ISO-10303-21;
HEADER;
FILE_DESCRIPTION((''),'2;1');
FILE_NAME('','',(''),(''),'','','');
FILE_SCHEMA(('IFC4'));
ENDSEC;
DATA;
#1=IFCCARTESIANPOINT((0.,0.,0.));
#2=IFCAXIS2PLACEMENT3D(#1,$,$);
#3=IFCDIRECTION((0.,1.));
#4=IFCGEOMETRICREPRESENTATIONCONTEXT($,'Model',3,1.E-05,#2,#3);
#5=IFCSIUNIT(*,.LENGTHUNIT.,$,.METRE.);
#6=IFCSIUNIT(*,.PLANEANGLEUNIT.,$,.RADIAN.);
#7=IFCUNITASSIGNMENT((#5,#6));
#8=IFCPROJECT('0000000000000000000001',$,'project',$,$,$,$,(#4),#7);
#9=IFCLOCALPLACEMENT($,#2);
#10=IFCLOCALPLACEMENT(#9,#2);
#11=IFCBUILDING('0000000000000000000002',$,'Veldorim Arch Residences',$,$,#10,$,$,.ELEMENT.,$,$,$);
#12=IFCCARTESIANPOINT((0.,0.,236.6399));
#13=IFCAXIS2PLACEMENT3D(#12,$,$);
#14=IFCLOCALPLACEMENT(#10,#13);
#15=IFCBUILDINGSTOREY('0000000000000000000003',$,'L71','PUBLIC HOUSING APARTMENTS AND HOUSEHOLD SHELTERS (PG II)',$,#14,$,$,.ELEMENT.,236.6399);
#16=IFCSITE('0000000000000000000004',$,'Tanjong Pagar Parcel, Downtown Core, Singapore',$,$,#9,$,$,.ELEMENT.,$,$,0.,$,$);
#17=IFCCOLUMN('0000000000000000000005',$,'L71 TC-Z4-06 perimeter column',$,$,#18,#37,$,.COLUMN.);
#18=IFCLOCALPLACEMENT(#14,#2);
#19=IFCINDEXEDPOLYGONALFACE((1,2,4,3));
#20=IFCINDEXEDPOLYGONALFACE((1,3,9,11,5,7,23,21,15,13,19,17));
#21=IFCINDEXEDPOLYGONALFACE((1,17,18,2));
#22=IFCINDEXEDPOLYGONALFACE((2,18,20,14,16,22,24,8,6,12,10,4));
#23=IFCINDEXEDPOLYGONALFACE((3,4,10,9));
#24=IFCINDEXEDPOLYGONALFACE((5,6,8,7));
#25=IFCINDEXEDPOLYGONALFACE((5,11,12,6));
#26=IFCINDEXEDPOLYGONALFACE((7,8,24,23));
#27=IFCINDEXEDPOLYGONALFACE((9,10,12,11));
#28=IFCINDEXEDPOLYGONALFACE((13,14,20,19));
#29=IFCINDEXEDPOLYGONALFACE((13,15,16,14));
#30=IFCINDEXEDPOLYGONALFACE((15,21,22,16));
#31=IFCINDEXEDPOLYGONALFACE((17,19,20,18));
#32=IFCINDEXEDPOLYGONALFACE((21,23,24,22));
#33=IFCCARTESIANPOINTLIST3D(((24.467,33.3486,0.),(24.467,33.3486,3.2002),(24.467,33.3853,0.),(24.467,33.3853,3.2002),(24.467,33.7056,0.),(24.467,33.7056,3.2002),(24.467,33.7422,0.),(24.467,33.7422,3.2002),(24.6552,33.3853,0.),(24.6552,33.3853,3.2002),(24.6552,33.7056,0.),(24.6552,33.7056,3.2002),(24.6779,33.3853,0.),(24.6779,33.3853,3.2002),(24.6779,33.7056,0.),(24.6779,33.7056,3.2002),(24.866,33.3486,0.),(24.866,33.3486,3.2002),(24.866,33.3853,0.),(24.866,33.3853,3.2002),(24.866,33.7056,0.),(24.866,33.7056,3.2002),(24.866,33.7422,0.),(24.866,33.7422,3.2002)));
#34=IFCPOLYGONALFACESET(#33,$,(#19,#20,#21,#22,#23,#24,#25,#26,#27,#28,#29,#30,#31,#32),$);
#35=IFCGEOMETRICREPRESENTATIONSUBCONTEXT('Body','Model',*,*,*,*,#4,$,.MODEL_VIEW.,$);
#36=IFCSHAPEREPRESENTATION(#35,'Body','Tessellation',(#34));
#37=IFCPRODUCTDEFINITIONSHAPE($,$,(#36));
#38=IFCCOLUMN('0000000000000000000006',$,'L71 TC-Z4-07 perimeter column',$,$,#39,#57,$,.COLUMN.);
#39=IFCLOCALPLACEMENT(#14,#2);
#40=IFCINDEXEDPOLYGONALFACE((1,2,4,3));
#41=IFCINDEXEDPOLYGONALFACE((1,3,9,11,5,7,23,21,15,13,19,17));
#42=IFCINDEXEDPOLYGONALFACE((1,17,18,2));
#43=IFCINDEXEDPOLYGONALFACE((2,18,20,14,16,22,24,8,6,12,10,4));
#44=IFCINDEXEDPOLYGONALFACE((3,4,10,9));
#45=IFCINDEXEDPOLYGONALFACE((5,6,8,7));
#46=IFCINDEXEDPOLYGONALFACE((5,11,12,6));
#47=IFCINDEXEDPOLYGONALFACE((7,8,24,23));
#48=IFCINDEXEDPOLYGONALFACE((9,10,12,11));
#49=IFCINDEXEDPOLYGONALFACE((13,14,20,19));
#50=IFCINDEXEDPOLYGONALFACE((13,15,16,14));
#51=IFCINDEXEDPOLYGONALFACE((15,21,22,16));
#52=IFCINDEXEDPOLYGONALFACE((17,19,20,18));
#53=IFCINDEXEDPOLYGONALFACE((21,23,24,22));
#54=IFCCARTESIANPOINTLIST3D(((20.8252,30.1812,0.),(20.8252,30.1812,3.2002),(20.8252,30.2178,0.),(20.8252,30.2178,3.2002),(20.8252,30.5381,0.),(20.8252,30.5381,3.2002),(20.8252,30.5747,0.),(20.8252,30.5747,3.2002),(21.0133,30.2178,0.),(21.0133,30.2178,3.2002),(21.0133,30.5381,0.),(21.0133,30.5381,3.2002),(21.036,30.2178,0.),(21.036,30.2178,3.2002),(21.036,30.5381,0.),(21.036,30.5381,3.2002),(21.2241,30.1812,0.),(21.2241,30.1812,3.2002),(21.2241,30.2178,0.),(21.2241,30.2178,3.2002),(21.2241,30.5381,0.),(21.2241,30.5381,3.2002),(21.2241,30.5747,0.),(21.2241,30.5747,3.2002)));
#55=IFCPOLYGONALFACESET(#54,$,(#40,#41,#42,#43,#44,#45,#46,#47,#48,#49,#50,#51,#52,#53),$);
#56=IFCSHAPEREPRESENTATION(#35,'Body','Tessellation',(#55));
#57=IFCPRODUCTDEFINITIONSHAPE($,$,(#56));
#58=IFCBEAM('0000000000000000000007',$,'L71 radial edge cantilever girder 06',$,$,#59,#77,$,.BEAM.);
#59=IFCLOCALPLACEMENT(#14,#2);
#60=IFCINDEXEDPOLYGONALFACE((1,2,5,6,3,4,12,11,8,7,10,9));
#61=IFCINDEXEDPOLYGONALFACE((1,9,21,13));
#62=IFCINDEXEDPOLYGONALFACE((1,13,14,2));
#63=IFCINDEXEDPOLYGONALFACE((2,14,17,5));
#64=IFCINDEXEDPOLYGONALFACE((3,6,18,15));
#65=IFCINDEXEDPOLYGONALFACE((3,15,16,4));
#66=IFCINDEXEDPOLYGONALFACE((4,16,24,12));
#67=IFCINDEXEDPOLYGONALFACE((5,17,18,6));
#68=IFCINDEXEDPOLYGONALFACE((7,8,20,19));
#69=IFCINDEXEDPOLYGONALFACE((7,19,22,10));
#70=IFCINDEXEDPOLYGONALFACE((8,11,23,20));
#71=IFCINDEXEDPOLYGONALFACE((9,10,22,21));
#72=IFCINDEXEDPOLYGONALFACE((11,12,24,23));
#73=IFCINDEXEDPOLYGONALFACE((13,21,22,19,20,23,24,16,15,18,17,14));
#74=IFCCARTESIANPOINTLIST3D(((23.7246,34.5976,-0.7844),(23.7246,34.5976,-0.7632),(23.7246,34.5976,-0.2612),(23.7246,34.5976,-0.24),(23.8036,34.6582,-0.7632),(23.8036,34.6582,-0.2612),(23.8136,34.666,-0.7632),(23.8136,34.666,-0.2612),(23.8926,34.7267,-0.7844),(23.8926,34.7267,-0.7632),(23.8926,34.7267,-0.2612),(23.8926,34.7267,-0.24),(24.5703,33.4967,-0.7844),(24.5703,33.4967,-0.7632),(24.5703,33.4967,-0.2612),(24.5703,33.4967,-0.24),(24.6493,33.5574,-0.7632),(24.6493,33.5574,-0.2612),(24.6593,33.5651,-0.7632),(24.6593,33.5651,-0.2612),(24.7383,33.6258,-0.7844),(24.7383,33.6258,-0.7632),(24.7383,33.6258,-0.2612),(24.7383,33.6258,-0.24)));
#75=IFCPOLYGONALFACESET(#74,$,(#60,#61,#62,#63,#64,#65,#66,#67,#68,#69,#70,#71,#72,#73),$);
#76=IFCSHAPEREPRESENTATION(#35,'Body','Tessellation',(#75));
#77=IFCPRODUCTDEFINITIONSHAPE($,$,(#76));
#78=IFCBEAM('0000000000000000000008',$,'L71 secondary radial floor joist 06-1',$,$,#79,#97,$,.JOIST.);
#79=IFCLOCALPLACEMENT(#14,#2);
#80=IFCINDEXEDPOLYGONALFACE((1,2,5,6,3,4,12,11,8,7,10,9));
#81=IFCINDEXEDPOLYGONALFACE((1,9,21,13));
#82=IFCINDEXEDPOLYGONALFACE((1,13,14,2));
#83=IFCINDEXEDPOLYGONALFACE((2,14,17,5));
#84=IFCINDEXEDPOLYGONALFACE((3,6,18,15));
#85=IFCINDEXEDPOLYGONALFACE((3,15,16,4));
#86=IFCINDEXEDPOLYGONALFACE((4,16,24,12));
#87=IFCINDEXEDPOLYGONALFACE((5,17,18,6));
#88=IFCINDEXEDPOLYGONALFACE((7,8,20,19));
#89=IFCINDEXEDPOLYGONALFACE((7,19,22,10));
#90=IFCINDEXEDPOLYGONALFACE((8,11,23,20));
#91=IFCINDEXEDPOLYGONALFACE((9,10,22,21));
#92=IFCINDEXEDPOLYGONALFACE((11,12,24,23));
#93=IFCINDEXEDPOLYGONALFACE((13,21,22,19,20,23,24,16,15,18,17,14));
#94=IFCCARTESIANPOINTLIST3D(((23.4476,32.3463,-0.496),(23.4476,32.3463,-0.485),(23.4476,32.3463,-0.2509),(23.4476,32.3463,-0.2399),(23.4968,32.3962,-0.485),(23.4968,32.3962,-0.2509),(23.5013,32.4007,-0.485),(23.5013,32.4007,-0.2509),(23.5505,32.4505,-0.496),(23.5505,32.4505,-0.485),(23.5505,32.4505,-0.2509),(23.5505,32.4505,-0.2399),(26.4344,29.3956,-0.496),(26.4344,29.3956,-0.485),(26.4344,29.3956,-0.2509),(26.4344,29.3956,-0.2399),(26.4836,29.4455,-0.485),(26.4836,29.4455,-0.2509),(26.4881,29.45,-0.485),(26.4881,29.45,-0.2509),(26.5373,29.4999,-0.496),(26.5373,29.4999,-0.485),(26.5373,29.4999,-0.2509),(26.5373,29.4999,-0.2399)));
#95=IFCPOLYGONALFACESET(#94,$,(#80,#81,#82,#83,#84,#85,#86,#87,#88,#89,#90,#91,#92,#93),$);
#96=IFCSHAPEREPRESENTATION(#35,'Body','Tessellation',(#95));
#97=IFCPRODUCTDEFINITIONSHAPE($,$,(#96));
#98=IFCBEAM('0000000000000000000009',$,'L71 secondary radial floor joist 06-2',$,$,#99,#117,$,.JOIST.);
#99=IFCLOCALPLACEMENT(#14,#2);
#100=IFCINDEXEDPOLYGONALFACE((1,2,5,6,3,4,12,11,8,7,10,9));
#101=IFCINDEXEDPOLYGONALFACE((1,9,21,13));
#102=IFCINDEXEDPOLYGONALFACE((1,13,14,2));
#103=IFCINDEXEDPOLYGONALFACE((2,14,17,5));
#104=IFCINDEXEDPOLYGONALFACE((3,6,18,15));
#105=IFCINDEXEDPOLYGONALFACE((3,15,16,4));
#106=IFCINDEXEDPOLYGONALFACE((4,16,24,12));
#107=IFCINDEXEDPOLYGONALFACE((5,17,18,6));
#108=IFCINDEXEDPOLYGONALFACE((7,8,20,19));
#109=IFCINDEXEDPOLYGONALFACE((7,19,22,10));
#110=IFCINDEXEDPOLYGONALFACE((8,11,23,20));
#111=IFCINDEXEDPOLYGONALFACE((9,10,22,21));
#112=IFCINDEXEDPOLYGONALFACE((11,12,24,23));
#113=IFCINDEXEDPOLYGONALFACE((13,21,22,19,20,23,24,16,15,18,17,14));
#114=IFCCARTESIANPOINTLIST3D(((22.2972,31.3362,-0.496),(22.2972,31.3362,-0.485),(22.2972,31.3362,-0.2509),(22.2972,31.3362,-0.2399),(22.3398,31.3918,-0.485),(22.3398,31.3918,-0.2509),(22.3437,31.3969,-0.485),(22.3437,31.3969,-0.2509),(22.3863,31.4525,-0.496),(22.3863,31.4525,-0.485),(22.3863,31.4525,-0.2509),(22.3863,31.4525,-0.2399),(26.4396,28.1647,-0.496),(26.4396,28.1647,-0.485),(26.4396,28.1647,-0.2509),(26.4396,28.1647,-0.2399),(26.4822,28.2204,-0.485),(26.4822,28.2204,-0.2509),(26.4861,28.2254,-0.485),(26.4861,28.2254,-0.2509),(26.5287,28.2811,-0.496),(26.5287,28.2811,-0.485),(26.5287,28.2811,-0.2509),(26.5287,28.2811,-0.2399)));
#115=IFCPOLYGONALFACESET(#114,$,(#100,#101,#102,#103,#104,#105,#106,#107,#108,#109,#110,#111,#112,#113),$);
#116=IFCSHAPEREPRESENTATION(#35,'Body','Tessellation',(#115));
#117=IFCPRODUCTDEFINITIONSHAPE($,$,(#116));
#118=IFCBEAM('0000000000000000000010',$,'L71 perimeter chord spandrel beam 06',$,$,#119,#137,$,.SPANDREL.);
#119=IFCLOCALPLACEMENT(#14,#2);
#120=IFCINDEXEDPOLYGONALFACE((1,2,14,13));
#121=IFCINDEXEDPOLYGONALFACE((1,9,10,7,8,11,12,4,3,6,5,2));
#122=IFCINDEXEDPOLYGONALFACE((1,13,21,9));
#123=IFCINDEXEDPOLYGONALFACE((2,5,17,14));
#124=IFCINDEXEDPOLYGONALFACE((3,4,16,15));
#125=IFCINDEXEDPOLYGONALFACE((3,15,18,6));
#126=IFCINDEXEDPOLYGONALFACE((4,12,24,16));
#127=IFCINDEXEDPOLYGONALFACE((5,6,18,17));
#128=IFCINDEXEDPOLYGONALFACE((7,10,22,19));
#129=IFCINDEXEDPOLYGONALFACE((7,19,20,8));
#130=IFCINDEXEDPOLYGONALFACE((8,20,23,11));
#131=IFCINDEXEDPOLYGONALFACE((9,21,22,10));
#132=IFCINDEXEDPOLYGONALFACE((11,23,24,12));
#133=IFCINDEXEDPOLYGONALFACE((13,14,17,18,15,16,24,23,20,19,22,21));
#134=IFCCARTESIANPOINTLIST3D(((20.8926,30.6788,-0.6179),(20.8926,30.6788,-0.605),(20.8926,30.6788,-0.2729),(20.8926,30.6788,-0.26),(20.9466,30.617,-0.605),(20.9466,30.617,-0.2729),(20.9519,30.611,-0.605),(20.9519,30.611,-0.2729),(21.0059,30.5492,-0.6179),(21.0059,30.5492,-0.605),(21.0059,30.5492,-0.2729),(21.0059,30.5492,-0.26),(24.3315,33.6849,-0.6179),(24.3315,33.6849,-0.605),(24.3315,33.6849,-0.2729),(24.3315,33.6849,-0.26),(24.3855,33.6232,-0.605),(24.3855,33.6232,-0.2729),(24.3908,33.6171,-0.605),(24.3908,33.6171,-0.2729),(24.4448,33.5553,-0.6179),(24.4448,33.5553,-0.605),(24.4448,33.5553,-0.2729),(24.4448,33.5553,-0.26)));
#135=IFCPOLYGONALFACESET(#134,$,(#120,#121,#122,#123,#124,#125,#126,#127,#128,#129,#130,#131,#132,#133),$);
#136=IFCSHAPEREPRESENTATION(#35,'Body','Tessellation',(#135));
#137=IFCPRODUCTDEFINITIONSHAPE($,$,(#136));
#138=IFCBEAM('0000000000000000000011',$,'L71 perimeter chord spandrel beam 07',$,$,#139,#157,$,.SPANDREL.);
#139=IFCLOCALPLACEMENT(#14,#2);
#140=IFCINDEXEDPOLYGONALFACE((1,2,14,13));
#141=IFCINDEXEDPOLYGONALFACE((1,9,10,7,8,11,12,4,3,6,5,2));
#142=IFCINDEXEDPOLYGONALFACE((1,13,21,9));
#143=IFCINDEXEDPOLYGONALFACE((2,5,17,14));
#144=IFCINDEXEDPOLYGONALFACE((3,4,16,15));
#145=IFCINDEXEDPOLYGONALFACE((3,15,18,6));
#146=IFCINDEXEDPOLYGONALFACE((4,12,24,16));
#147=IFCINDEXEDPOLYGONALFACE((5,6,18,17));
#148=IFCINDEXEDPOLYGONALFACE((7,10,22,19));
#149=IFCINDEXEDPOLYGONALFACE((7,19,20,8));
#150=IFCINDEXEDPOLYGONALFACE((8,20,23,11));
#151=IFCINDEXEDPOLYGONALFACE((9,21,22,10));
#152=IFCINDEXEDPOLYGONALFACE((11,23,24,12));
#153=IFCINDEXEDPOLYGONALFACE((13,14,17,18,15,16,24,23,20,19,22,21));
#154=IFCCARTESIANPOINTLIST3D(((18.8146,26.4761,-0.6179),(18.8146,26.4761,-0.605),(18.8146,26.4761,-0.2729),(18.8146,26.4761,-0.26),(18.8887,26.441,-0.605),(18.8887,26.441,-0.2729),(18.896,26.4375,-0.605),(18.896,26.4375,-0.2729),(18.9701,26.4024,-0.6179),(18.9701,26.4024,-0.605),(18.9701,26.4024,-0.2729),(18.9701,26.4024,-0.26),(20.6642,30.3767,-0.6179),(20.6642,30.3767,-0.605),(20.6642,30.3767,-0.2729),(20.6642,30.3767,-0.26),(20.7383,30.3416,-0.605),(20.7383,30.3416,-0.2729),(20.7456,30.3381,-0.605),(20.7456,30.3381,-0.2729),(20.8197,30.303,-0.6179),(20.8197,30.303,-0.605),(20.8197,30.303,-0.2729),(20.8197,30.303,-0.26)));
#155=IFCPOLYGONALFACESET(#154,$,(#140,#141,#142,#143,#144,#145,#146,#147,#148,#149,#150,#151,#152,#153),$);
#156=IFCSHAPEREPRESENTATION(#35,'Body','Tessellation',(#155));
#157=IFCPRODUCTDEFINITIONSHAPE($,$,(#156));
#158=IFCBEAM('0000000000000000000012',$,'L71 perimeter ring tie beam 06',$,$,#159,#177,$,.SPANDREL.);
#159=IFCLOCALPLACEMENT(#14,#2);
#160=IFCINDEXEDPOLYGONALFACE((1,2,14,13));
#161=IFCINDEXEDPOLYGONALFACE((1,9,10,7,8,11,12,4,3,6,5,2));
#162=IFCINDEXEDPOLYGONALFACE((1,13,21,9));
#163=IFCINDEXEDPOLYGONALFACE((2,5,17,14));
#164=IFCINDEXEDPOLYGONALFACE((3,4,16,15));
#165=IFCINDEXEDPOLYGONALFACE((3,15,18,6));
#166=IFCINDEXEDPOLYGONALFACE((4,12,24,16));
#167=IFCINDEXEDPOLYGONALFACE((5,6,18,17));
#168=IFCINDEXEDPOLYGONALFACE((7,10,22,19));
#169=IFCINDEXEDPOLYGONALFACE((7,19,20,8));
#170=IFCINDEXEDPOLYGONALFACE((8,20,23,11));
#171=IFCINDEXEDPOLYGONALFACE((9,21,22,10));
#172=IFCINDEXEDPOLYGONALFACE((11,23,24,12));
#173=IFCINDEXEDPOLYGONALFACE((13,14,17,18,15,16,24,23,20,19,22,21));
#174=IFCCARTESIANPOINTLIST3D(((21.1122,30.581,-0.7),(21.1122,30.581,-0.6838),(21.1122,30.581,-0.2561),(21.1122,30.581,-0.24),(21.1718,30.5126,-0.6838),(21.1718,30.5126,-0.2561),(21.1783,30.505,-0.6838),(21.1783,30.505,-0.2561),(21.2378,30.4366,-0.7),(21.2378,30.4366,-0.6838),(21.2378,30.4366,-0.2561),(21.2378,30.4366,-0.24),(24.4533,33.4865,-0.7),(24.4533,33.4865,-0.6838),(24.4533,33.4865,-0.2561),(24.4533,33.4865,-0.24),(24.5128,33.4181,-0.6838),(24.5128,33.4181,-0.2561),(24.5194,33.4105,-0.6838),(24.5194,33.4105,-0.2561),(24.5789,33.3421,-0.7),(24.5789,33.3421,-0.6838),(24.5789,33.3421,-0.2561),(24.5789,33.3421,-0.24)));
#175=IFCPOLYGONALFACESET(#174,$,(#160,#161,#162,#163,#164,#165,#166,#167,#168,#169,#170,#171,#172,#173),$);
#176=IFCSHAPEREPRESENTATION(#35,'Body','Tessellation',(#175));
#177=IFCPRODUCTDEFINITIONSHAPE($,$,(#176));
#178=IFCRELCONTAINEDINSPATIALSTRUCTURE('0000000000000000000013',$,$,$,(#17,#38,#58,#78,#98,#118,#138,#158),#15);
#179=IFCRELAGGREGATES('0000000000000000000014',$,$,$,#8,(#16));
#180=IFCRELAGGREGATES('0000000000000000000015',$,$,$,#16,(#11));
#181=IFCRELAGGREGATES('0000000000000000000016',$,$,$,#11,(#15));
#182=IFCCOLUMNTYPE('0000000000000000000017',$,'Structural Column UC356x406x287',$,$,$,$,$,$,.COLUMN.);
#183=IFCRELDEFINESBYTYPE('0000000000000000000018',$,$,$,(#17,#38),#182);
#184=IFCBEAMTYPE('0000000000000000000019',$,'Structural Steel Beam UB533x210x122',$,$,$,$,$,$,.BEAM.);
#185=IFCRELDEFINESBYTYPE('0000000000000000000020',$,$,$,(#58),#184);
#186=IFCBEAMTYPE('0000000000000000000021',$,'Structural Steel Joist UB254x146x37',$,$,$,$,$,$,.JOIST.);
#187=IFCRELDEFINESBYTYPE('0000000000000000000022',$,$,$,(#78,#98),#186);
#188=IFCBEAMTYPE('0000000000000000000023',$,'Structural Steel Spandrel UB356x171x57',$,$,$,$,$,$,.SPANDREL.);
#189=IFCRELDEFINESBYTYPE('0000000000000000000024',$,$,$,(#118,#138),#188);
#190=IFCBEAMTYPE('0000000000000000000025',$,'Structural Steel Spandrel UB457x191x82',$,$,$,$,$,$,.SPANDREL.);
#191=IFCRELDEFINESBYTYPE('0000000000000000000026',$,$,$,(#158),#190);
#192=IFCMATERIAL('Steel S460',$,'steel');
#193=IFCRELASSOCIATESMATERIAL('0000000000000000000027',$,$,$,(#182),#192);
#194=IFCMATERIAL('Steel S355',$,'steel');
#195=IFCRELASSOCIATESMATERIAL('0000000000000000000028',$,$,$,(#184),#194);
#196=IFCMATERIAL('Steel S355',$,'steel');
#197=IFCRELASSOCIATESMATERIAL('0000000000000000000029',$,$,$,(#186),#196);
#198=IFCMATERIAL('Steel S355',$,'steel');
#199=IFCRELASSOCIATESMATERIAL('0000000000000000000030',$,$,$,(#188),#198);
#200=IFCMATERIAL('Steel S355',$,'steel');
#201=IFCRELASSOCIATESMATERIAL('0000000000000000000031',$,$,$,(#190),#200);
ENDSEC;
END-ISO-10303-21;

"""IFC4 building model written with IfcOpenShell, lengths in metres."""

from ifc_helpers import new_model, si_unit, direction, frame, origin, origin_2d, place, context, subcontext, project, spatial, i_section, extrude, material, material_profile, profile_set, type_object, element, save


model = new_model("IFC4")

# Units and contexts
model_context = context("Model", 3, precision=1e-05, world=origin(), true_north=direction((0.0, 1.0)))
body_context = subcontext(model_context, "Body", "Model", "MODEL_VIEW")
ifc_project = project(units=[si_unit("LENGTHUNIT", "METRE"), si_unit("PLANEANGLEUNIT", "RADIAN")], contexts=[model_context])

# Site, building, storey
site_placement = place(None, origin())
site = spatial("IfcSite", under=ifc_project, at=site_placement, Name="Tanjong Pagar Parcel, Downtown Core, Singapore", CompositionType="ELEMENT", RefElevation=0.0)
building_placement = place(site_placement, origin())
building = spatial("IfcBuilding", under=site, at=building_placement, Name="Veldorim Arch Residences", CompositionType="ELEMENT")
storey_placement = place(building_placement, frame((0.0, 0.0, 236.6399)))
storey = spatial("IfcBuildingStorey", under=building, at=storey_placement, Name="L71", Description="PUBLIC HOUSING APARTMENTS AND HOUSEHOLD SHELTERS (PG II)", CompositionType="ELEMENT", Elevation=236.6399)

# Columns
ifc_material_1 = material(Name="Steel S460", Category="steel")
ifc_material_profile_1 = material_profile(ifc_material_1, i_section(OverallWidth=0.3989, OverallDepth=0.3936, WebThickness=0.0227, FlangeThickness=0.0366, at=origin_2d()), Name="UC356x406x287")
ifc_profile_set_1 = profile_set([ifc_material_profile_1], Name="Steel S460")
column_type = type_object("IfcColumnType", Name="Structural Column UC356x406x287", PredefinedType="COLUMN", material=ifc_profile_set_1)
for number, where, z_axis, x_axis, name in (
    (1, (24.6665, 33.5454, 0.0), (0.0, 0.0, 1.0), (1.0, 0.0, 0.0), "L71 TC-Z4-06 perimeter column"),
    (2, (21.0247, 30.3779, 0.0), (0.0, 0.0, 1.0), (1.0, 0.0, 0.0), "L71 TC-Z4-07 perimeter column"),
):
    element("IfcColumn", number, at=place(storey_placement, frame(where, z_axis=z_axis, x_axis=x_axis)), inside=storey, type_object=column_type, Name=name, PredefinedType="COLUMN", context=body_context, shape_type="SweptSolid", body=[
        extrude(i_section(OverallWidth=0.3989, OverallDepth=0.3936, WebThickness=0.0227, FlangeThickness=0.0366, at=origin_2d()), origin(), (0.0, 0.0, 1.0), 3.2002),
    ])

# Beams
ifc_material_2 = material(Name="Steel S355", Category="steel")
ifc_material_profile_2 = material_profile(ifc_material_2, i_section(OverallWidth=0.2119, OverallDepth=0.5444, WebThickness=0.0127, FlangeThickness=0.0212, at=origin_2d()), Name="UB533x210x122")
ifc_profile_set_2 = profile_set([ifc_material_profile_2], Name="Steel S355")
beam_type_1 = type_object("IfcBeamType", Name="Structural Steel Beam UB533x210x122", PredefinedType="BEAM", material=ifc_profile_set_2)
beam_1_placement = place(storey_placement, frame((24.6543, 33.5613, -0.5122), z_axis=(-0.609218, 0.793003, 0.0), x_axis=(-0.793003, -0.609218, 0.0)))
element("IfcBeam", 3, at=beam_1_placement, inside=storey, type_object=beam_type_1, Name="L71 radial edge cantilever girder 06", PredefinedType="BEAM", context=body_context, shape_type="SweptSolid", body=[
    extrude(i_section(OverallWidth=0.2119, OverallDepth=0.5444, WebThickness=0.0127, FlangeThickness=0.0212, at=origin_2d()), origin(), (0.0, 0.0, 1.0), 1.3882),
])
ifc_material_3 = material(Name="Steel S355", Category="steel")
ifc_material_profile_3 = material_profile(ifc_material_3, i_section(OverallWidth=0.1465, OverallDepth=0.2561, WebThickness=0.0063, FlangeThickness=0.011, at=origin_2d()), Name="UB254x146x37")
ifc_profile_set_3 = profile_set([ifc_material_profile_3], Name="Steel S355")
beam_type_2 = type_object("IfcBeamType", Name="Structural Steel Joist UB254x146x37", PredefinedType="JOIST", material=ifc_profile_set_3)
beam_2_placement = place(storey_placement, frame((26.4858, 29.4478, -0.3679), z_axis=(-0.711397, 0.702791, 0.0), x_axis=(-0.702791, -0.711397, 0.0)))
element("IfcBeam", 4, at=beam_2_placement, inside=storey, type_object=beam_type_2, Name="L71 secondary radial floor joist 06-1", PredefinedType="JOIST", context=body_context, shape_type="SweptSolid", body=[
    extrude(i_section(OverallWidth=0.1465, OverallDepth=0.2561, WebThickness=0.0063, FlangeThickness=0.011, at=origin_2d()), origin(), (0.0, 0.0, 1.0), 4.1985),
])
beam_3_placement = place(storey_placement, frame((26.4841, 28.2229, -0.3679), z_axis=(-0.794014, 0.6079, 0.0), x_axis=(-0.6079, -0.794014, 0.0)))
element("IfcBeam", 5, at=beam_3_placement, inside=storey, type_object=beam_type_2, Name="L71 secondary radial floor joist 06-2", PredefinedType="JOIST", context=body_context, shape_type="SweptSolid", body=[
    extrude(i_section(OverallWidth=0.1465, OverallDepth=0.2561, WebThickness=0.0063, FlangeThickness=0.011, at=origin_2d()), origin(), (0.0, 0.0, 1.0), 5.217),
])
ifc_material_4 = material(Name="Steel S355", Category="steel")
ifc_material_profile_4 = material_profile(ifc_material_4, i_section(OverallWidth=0.1721, OverallDepth=0.3579, WebThickness=0.0081, FlangeThickness=0.0129, at=origin_2d()), Name="UB356x171x57")
ifc_profile_set_4 = profile_set([ifc_material_profile_4], Name="Steel S355")
beam_type_3 = type_object("IfcBeamType", Name="Structural Steel Spandrel UB356x171x57", PredefinedType="SPANDREL", material=ifc_profile_set_4)
beam_4_placement = place(storey_placement, frame((24.3882, 33.6201, -0.439), z_axis=(-0.752901, -0.658134, 0.0), x_axis=(0.658134, -0.752901, 0.0)))
element("IfcBeam", 6, at=beam_4_placement, inside=storey, type_object=beam_type_3, Name="L71 perimeter chord spandrel beam 06", PredefinedType="SPANDREL", context=body_context, shape_type="SweptSolid", body=[
    extrude(i_section(OverallWidth=0.1721, OverallDepth=0.3579, WebThickness=0.0081, FlangeThickness=0.0129, at=origin_2d()), origin(), (0.0, 0.0, 1.0), 4.5676),
])
beam_5_placement = place(storey_placement, frame((20.7419, 30.3398, -0.439), z_axis=(-0.428453, -0.903564, 0.0), x_axis=(0.903564, -0.428453, 0.0)))
element("IfcBeam", 7, at=beam_5_placement, inside=storey, type_object=beam_type_3, Name="L71 perimeter chord spandrel beam 07", PredefinedType="SPANDREL", context=body_context, shape_type="SweptSolid", body=[
    extrude(i_section(OverallWidth=0.1721, OverallDepth=0.3579, WebThickness=0.0081, FlangeThickness=0.0129, at=origin_2d()), origin(), (0.0, 0.0, 1.0), 4.3169),
])
ifc_material_5 = material(Name="Steel S355", Category="steel")
ifc_material_profile_5 = material_profile(ifc_material_5, i_section(OverallWidth=0.1914, OverallDepth=0.46, WebThickness=0.01, FlangeThickness=0.0161, at=origin_2d()), Name="UB457x191x82")
ifc_profile_set_5 = profile_set([ifc_material_profile_5], Name="Steel S355")
beam_type_4 = type_object("IfcBeamType", Name="Structural Steel Spandrel UB457x191x82", PredefinedType="SPANDREL", material=ifc_profile_set_5)
beam_6_placement = place(storey_placement, frame((24.5161, 33.4143, -0.47), z_axis=(-0.754578, -0.65621, 0.0), x_axis=(0.65621, -0.754578, 0.0)))
element("IfcBeam", 8, at=beam_6_placement, inside=storey, type_object=beam_type_4, Name="L71 perimeter ring tie beam 06", PredefinedType="SPANDREL", context=body_context, shape_type="SweptSolid", body=[
    extrude(i_section(OverallWidth=0.1914, OverallDepth=0.46, WebThickness=0.01, FlangeThickness=0.0161, at=origin_2d()), origin(), (0.0, 0.0, 1.0), 4.4277),
])

save(model, "model.ifc")
